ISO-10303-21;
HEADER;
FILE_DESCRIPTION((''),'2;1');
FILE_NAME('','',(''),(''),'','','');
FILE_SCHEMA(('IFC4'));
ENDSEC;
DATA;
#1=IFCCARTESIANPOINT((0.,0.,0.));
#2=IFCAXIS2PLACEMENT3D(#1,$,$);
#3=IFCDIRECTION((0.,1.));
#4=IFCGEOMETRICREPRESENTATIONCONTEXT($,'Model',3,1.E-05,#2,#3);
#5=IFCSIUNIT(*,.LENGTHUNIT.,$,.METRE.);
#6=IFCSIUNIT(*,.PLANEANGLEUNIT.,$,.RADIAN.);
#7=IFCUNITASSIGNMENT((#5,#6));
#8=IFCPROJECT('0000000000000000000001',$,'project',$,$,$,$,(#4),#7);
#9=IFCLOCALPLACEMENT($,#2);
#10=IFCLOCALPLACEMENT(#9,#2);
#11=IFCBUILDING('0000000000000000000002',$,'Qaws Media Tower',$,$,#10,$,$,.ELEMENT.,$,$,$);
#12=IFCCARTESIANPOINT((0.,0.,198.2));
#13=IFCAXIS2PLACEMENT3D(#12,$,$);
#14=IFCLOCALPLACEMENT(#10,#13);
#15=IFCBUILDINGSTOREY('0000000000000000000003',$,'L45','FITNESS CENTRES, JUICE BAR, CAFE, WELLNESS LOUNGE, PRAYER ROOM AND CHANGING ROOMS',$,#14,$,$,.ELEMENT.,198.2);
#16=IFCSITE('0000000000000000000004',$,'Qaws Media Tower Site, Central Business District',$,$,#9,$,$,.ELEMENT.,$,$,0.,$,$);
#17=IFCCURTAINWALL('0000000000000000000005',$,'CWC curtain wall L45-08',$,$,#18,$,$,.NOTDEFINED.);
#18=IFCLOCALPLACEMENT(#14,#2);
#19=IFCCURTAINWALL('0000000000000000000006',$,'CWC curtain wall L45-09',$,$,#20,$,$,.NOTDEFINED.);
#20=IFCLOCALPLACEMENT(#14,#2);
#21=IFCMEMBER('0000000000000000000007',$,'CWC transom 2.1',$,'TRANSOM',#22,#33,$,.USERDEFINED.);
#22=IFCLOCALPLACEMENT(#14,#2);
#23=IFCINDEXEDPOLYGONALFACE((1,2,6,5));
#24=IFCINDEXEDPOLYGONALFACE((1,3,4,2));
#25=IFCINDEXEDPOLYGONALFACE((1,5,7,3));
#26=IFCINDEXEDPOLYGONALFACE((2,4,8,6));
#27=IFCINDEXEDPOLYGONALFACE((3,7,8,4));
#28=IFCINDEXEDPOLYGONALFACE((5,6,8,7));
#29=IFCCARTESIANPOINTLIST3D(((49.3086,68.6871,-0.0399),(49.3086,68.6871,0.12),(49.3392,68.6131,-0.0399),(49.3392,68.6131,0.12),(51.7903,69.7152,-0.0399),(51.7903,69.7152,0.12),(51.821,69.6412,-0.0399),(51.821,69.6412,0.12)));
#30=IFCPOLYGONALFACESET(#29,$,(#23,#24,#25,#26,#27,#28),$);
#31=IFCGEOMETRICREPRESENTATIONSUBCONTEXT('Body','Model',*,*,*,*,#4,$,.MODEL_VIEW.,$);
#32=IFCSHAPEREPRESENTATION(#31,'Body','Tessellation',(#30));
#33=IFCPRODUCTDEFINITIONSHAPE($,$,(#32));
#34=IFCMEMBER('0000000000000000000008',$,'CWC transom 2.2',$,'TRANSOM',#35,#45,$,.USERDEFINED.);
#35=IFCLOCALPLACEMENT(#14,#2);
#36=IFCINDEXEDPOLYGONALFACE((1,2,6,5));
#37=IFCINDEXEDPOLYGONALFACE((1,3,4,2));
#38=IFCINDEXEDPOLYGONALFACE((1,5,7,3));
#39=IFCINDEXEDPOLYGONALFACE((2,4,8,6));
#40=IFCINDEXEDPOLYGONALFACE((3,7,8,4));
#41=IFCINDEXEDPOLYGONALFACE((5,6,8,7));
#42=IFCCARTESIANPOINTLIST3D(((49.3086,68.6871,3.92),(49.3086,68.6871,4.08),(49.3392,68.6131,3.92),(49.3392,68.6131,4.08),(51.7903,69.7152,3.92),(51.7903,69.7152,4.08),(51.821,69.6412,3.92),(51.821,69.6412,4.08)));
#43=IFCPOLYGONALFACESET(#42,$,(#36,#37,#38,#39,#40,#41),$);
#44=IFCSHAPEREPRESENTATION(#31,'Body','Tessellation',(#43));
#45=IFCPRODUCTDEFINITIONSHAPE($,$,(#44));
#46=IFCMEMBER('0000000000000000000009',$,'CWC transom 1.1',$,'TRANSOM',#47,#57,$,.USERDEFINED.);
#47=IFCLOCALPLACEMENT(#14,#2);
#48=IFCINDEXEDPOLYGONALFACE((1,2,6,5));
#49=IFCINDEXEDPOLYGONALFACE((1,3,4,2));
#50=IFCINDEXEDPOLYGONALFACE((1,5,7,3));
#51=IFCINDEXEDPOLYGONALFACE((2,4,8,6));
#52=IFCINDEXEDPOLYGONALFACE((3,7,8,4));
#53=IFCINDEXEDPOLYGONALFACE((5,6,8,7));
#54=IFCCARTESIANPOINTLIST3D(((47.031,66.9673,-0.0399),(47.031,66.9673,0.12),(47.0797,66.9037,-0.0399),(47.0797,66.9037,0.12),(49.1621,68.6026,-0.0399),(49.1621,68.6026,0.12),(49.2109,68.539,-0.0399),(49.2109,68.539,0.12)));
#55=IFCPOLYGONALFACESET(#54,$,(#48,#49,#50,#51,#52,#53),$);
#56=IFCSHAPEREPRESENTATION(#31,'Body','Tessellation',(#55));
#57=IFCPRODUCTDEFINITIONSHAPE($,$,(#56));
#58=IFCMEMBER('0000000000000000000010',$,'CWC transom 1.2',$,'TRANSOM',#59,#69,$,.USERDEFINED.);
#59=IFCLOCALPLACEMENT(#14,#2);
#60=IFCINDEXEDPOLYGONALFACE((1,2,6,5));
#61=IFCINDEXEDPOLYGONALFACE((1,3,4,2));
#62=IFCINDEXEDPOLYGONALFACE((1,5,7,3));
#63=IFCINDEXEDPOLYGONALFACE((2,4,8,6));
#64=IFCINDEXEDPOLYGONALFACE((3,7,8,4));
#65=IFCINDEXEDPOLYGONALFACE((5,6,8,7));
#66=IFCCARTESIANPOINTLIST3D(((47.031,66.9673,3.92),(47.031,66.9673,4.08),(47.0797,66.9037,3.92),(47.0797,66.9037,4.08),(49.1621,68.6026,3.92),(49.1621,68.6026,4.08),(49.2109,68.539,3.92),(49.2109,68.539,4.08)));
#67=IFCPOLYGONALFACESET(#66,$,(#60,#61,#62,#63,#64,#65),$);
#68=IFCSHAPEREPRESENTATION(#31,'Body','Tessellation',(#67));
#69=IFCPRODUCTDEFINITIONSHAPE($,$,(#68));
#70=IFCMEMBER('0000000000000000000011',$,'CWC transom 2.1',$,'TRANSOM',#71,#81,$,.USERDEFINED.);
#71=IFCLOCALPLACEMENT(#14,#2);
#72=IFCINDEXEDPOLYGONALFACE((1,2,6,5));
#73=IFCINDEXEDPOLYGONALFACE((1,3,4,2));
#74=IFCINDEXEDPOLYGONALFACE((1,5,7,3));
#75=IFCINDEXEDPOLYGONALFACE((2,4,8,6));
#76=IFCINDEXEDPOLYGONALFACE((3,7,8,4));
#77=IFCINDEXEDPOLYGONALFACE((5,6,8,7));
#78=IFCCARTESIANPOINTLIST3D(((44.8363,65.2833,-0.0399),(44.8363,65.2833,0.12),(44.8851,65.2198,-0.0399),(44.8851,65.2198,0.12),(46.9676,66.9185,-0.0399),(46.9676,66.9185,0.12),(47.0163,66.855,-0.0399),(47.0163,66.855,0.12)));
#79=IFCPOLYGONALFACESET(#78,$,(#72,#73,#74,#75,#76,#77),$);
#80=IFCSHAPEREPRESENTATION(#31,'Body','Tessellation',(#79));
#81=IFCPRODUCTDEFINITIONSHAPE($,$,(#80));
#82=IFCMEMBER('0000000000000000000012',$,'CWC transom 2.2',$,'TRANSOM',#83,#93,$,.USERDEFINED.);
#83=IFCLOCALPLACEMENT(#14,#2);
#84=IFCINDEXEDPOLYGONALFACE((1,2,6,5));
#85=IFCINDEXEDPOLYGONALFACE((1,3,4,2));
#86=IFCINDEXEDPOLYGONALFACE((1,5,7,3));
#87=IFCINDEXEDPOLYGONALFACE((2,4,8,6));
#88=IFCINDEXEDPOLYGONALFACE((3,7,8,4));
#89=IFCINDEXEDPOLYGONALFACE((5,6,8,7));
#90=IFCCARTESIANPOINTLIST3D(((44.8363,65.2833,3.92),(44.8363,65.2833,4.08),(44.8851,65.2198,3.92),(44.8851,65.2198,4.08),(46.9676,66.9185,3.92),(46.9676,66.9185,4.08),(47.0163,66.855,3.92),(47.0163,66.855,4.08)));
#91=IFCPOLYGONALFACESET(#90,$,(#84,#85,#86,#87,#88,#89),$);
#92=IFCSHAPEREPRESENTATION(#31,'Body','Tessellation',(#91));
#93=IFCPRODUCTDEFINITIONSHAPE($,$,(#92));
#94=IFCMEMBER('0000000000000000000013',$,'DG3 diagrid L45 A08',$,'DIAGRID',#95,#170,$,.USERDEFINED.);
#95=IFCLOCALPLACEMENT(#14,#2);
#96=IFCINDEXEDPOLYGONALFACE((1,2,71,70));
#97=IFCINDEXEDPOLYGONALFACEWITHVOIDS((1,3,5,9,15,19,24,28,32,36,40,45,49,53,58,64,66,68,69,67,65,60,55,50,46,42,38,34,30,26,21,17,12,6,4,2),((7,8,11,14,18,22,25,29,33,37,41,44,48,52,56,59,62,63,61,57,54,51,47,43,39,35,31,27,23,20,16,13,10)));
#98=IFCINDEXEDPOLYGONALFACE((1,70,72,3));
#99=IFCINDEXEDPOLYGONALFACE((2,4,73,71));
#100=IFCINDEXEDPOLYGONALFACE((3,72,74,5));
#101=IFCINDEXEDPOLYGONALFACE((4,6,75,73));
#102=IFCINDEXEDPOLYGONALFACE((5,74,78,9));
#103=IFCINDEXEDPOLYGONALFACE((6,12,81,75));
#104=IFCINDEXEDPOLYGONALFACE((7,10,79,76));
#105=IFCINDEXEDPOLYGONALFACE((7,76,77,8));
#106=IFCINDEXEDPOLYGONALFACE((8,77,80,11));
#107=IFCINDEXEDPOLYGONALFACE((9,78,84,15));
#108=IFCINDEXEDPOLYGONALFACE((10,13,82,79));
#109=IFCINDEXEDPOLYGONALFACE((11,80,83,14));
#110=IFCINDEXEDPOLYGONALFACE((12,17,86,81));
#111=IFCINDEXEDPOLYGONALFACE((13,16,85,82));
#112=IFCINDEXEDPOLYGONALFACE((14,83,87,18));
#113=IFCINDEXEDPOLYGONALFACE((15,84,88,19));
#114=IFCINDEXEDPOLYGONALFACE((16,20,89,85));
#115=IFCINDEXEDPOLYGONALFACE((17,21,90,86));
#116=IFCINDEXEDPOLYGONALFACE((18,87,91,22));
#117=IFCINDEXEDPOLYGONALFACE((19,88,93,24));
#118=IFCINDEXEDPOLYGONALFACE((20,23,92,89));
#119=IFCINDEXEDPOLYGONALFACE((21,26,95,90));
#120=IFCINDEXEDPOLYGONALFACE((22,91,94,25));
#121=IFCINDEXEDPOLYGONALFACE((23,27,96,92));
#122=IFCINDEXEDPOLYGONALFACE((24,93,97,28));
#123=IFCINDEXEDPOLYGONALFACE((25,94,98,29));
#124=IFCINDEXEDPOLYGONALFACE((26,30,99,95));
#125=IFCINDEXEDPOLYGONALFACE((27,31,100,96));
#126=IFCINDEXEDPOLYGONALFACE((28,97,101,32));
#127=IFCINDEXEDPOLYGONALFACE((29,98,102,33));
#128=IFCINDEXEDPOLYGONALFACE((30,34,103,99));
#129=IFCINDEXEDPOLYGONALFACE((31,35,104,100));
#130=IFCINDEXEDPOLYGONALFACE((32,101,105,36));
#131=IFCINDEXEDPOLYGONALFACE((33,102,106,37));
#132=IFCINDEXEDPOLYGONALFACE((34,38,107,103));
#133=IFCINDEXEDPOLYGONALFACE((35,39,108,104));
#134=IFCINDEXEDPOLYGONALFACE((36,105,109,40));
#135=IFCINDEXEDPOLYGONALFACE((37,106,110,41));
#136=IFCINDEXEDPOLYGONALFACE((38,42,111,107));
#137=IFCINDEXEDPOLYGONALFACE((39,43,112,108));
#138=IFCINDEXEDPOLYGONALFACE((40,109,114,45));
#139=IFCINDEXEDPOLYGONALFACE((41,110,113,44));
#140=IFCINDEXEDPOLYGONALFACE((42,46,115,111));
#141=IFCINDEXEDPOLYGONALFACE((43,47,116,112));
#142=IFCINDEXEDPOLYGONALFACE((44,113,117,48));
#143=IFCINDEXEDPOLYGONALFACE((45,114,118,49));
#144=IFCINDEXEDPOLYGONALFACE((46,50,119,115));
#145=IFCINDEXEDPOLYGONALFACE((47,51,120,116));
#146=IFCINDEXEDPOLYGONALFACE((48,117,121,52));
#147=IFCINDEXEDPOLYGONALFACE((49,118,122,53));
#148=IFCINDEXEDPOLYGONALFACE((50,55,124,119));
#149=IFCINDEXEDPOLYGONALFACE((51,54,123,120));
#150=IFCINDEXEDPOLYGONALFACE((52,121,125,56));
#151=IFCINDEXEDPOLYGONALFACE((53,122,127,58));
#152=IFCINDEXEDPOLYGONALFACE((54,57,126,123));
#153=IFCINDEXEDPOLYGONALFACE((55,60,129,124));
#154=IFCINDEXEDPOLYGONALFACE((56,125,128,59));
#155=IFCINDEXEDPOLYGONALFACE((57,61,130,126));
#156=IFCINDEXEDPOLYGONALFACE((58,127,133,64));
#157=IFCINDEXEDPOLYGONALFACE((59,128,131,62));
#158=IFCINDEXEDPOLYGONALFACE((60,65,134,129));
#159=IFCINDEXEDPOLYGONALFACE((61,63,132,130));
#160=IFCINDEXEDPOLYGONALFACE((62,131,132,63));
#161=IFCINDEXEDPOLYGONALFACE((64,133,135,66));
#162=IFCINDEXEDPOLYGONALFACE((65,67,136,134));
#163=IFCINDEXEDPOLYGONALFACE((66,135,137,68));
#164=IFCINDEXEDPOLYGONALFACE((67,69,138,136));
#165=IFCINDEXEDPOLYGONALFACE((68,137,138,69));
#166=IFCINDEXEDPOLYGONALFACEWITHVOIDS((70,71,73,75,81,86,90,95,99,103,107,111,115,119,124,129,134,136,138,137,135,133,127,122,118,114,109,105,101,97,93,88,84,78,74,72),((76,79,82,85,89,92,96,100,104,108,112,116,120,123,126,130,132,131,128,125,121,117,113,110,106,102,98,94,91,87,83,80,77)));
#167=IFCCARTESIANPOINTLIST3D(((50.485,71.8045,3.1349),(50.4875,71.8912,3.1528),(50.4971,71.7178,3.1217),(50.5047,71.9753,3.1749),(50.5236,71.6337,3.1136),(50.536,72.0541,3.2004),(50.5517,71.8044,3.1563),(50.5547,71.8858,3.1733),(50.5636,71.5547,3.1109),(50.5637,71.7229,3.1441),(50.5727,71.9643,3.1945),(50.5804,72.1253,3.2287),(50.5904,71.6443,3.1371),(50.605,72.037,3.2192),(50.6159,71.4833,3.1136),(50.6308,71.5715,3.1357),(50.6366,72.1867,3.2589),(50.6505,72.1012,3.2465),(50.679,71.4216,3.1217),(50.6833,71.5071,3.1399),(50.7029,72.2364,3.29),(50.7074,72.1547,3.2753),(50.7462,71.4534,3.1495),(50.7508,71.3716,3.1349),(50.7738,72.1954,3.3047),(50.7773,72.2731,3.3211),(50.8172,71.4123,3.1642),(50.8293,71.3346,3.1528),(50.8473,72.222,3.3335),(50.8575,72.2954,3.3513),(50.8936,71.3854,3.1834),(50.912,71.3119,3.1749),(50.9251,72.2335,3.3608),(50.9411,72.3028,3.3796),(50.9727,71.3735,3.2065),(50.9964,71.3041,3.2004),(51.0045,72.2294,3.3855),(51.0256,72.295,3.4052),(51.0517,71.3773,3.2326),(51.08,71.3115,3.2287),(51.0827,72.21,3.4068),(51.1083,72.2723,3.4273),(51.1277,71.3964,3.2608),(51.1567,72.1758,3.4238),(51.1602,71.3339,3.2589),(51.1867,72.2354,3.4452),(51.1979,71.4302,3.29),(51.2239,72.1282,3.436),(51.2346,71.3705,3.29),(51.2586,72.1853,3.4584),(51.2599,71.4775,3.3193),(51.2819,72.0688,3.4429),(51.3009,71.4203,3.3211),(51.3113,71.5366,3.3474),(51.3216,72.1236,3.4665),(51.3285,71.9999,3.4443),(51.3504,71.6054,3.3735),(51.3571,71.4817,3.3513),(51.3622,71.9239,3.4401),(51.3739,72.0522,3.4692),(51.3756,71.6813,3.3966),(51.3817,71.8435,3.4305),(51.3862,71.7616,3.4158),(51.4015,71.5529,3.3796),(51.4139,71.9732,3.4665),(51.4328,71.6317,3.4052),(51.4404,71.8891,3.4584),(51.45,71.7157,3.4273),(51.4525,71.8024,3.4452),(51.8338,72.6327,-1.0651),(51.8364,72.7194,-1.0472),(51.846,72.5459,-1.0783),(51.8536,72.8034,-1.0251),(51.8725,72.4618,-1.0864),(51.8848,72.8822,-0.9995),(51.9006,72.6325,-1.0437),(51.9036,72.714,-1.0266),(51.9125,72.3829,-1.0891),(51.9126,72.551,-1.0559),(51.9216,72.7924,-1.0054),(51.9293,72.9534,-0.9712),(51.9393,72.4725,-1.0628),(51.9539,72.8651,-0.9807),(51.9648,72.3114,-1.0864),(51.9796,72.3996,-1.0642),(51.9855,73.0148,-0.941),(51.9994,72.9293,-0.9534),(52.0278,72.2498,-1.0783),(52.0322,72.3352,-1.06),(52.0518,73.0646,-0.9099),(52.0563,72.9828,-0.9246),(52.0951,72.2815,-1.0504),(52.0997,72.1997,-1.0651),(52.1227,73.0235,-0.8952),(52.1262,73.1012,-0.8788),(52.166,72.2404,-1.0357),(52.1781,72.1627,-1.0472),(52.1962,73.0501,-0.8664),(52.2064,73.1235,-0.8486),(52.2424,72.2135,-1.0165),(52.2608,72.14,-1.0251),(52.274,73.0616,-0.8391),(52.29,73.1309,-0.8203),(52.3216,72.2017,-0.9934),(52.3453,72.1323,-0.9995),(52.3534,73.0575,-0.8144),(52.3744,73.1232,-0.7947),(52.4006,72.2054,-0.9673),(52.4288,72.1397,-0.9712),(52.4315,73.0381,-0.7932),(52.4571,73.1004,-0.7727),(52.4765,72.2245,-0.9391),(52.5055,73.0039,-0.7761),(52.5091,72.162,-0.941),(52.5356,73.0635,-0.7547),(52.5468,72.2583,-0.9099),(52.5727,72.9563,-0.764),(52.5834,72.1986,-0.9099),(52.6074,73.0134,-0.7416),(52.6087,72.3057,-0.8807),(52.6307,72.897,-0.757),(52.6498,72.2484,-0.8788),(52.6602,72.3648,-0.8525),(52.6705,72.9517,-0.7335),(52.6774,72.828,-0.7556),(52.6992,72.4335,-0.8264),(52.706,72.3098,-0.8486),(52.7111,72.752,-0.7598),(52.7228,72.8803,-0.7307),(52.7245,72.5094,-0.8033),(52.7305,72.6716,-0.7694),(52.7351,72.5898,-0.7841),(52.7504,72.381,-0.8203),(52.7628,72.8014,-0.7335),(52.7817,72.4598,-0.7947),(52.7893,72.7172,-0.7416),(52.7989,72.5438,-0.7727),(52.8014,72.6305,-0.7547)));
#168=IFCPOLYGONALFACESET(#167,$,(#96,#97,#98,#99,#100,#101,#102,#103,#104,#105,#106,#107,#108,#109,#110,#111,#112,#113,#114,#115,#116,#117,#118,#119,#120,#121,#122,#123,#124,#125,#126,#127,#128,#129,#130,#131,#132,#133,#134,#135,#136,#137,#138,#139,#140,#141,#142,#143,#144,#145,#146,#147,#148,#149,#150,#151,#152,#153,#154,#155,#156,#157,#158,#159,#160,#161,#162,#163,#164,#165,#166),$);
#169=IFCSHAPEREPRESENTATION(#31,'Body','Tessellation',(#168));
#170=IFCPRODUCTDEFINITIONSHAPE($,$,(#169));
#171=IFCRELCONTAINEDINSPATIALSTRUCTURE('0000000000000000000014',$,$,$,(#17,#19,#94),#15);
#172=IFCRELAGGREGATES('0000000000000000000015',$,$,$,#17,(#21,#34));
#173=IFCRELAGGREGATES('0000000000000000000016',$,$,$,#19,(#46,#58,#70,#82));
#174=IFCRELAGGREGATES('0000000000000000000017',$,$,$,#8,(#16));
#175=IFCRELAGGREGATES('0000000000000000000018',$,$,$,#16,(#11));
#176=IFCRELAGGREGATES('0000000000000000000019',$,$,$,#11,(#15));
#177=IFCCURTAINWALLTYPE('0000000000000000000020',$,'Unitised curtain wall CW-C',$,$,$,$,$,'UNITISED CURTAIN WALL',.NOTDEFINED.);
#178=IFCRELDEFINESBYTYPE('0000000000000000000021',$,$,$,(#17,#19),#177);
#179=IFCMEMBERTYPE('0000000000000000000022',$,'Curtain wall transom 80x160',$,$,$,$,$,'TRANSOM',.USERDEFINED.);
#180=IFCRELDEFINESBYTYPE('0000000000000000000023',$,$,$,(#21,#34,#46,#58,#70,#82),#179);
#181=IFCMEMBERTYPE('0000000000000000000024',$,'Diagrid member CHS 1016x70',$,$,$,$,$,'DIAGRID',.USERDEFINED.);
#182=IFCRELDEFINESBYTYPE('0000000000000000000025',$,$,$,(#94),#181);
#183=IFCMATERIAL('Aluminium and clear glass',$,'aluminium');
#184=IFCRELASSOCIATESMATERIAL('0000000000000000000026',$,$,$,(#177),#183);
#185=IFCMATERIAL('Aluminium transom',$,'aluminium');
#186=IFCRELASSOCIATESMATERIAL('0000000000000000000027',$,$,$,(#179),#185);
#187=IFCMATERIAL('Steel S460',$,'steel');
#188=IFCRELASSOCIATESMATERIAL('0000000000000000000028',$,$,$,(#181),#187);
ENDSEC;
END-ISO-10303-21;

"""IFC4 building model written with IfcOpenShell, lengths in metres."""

from ifc_helpers import new_model, si_unit, direction, frame, origin, origin_2d, place, context, subcontext, project, spatial, rectangle, hollow_circle, extrude, material, material_profile, profile_set, type_object, element, aggregate, save


model = new_model("IFC4")

# Units and contexts
model_context = context("Model", 3, precision=1e-05, world=origin(), true_north=direction((0.0, 1.0)))
body_context = subcontext(model_context, "Body", "Model", "MODEL_VIEW")
ifc_project = project(units=[si_unit("LENGTHUNIT", "METRE"), si_unit("PLANEANGLEUNIT", "RADIAN")], contexts=[model_context])

# Site, building, storey
site_placement = place(None, origin())
site = spatial("IfcSite", under=ifc_project, at=site_placement, Name="Qaws Media Tower Site, Central Business District", CompositionType="ELEMENT", RefElevation=0.0)
building_placement = place(site_placement, origin())
building = spatial("IfcBuilding", under=site, at=building_placement, Name="Qaws Media Tower", CompositionType="ELEMENT")
storey_placement = place(building_placement, frame((0.0, 0.0, 198.2)))
storey = spatial("IfcBuildingStorey", under=building, at=storey_placement, Name="L45", Description="FITNESS CENTRES, JUICE BAR, CAFE, WELLNESS LOUNGE, PRAYER ROOM AND CHANGING ROOMS", CompositionType="ELEMENT", Elevation=198.2)

# Curtain walls
ifc_material_1 = material(Name="Aluminium and clear glass", Category="aluminium")
curtain_wall_type = type_object("IfcCurtainWallType", Name="Unitised curtain wall CW-C", ElementType="UNITISED CURTAIN WALL", PredefinedType="NOTDEFINED", material=ifc_material_1)
curtain_wall_1_placement = place(storey_placement, origin())
curtain_wall_1 = element("IfcCurtainWall", 1, at=curtain_wall_1_placement, inside=storey, type_object=curtain_wall_type, Name="CWC curtain wall L45-08", PredefinedType="NOTDEFINED")
curtain_wall_2_placement = place(storey_placement, origin())
curtain_wall_2 = element("IfcCurtainWall", 2, at=curtain_wall_2_placement, inside=storey, type_object=curtain_wall_type, Name="CWC curtain wall L45-09", PredefinedType="NOTDEFINED")

# Members
ifc_material_2 = material(Name="Aluminium transom", Category="aluminium")
ifc_material_profile_1 = material_profile(ifc_material_2, rectangle(XDim=0.0801, YDim=0.1599, at=origin_2d()), Name="80x160")
ifc_profile_set_1 = profile_set([ifc_material_profile_1], Name="Aluminium transom")
member_type_1 = type_object("IfcMemberType", Name="Curtain wall transom 80x160", ElementType="TRANSOM", PredefinedType="USERDEFINED", material=ifc_profile_set_1)
member_1_placement = place(storey_placement, frame((51.8057, 69.6782, 0.04), z_axis=(-0.923863, -0.382724, 0.0), x_axis=(0.382724, -0.923863, 0.0)))
member_1 = element("IfcMember", 3, at=member_1_placement, type_object=member_type_1, Name="CWC transom 2.1", ObjectType="TRANSOM", PredefinedType="USERDEFINED", context=body_context, shape_type="SweptSolid", body=[
    extrude(rectangle(XDim=0.0801, YDim=0.1599, at=origin_2d()), origin(), (0.0, 0.0, 1.0), 2.6863),
])
member_2_placement = place(storey_placement, frame((51.8057, 69.6782, 4.0), z_axis=(-0.923863, -0.382724, 0.0), x_axis=(0.382724, -0.923863, 0.0)))
member_2 = element("IfcMember", 4, at=member_2_placement, type_object=member_type_1, Name="CWC transom 2.2", ObjectType="TRANSOM", PredefinedType="USERDEFINED", context=body_context, shape_type="SweptSolid", body=[
    extrude(rectangle(XDim=0.0801, YDim=0.1599, at=origin_2d()), origin(), (0.0, 0.0, 1.0), 2.6863),
])
member_3_placement = place(storey_placement, frame((49.1865, 68.5708, 0.04), z_axis=(-0.793353, -0.608762, 0.0), x_axis=(0.608762, -0.793353, 0.0)))
member_3 = element("IfcMember", 5, at=member_3_placement, type_object=member_type_1, Name="CWC transom 1.1", ObjectType="TRANSOM", PredefinedType="USERDEFINED", context=body_context, shape_type="SweptSolid", body=[
    extrude(rectangle(XDim=0.0801, YDim=0.1599, at=origin_2d()), origin(), (0.0, 0.0, 1.0), 2.6863),
])
member_4_placement = place(storey_placement, frame((49.1865, 68.5708, 4.0), z_axis=(-0.793353, -0.608762, 0.0), x_axis=(0.608762, -0.793353, 0.0)))
member_4 = element("IfcMember", 6, at=member_4_placement, type_object=member_type_1, Name="CWC transom 1.2", ObjectType="TRANSOM", PredefinedType="USERDEFINED", context=body_context, shape_type="SweptSolid", body=[
    extrude(rectangle(XDim=0.0801, YDim=0.1599, at=origin_2d()), origin(), (0.0, 0.0, 1.0), 2.6863),
])
member_5_placement = place(storey_placement, frame((46.9919, 66.8867, 0.04), z_axis=(-0.793387, -0.608718, 0.0), x_axis=(0.608718, -0.793387, 0.0)))
member_5 = element("IfcMember", 7, at=member_5_placement, type_object=member_type_1, Name="CWC transom 2.1", ObjectType="TRANSOM", PredefinedType="USERDEFINED", context=body_context, shape_type="SweptSolid", body=[
    extrude(rectangle(XDim=0.0801, YDim=0.1599, at=origin_2d()), origin(), (0.0, 0.0, 1.0), 2.6863),
])
member_6_placement = place(storey_placement, frame((46.9919, 66.8867, 4.0), z_axis=(-0.793387, -0.608718, 0.0), x_axis=(0.608718, -0.793387, 0.0)))
member_6 = element("IfcMember", 8, at=member_6_placement, type_object=member_type_1, Name="CWC transom 2.2", ObjectType="TRANSOM", PredefinedType="USERDEFINED", context=body_context, shape_type="SweptSolid", body=[
    extrude(rectangle(XDim=0.0801, YDim=0.1599, at=origin_2d()), origin(), (0.0, 0.0, 1.0), 2.6863),
])

# Member
ifc_material_3 = material(Name="Steel S460", Category="steel")
ifc_material_profile_2 = material_profile(ifc_material_3, hollow_circle(Radius=0.5081, WallThickness=0.0701, at=origin_2d()), Name="CHS 1016x70")
ifc_profile_set_2 = profile_set([ifc_material_profile_2], Name="Steel S460")
member_type_2 = type_object("IfcMemberType", Name="Diagrid member CHS 1016x70", ElementType="DIAGRID", PredefinedType="USERDEFINED", material=ifc_profile_set_2)
for number, where, z_axis, x_axis, name in (
    (9, (52.3176, 72.6316, -0.9099), (-0.300532, -0.184507, 0.935755), (0.523202, -0.852209, 0.0), "DG3 diagrid L45 A08"),
):
    element("IfcMember", number, at=place(storey_placement, frame(where, z_axis=z_axis, x_axis=x_axis)), inside=storey, type_object=member_type_2, Name=name, ObjectType="DIAGRID", PredefinedType="USERDEFINED", context=body_context, shape_type="SweptSolid", body=[
        extrude(hollow_circle(Radius=0.5081, WallThickness=0.0701, at=origin_2d()), origin(), (0.0, 0.0, 1.0), 4.4883),
    ])

aggregate(curtain_wall_1, [member_1, member_2])
aggregate(curtain_wall_2, [member_3, member_4, member_5, member_6])

save(model, "model.ifc")
